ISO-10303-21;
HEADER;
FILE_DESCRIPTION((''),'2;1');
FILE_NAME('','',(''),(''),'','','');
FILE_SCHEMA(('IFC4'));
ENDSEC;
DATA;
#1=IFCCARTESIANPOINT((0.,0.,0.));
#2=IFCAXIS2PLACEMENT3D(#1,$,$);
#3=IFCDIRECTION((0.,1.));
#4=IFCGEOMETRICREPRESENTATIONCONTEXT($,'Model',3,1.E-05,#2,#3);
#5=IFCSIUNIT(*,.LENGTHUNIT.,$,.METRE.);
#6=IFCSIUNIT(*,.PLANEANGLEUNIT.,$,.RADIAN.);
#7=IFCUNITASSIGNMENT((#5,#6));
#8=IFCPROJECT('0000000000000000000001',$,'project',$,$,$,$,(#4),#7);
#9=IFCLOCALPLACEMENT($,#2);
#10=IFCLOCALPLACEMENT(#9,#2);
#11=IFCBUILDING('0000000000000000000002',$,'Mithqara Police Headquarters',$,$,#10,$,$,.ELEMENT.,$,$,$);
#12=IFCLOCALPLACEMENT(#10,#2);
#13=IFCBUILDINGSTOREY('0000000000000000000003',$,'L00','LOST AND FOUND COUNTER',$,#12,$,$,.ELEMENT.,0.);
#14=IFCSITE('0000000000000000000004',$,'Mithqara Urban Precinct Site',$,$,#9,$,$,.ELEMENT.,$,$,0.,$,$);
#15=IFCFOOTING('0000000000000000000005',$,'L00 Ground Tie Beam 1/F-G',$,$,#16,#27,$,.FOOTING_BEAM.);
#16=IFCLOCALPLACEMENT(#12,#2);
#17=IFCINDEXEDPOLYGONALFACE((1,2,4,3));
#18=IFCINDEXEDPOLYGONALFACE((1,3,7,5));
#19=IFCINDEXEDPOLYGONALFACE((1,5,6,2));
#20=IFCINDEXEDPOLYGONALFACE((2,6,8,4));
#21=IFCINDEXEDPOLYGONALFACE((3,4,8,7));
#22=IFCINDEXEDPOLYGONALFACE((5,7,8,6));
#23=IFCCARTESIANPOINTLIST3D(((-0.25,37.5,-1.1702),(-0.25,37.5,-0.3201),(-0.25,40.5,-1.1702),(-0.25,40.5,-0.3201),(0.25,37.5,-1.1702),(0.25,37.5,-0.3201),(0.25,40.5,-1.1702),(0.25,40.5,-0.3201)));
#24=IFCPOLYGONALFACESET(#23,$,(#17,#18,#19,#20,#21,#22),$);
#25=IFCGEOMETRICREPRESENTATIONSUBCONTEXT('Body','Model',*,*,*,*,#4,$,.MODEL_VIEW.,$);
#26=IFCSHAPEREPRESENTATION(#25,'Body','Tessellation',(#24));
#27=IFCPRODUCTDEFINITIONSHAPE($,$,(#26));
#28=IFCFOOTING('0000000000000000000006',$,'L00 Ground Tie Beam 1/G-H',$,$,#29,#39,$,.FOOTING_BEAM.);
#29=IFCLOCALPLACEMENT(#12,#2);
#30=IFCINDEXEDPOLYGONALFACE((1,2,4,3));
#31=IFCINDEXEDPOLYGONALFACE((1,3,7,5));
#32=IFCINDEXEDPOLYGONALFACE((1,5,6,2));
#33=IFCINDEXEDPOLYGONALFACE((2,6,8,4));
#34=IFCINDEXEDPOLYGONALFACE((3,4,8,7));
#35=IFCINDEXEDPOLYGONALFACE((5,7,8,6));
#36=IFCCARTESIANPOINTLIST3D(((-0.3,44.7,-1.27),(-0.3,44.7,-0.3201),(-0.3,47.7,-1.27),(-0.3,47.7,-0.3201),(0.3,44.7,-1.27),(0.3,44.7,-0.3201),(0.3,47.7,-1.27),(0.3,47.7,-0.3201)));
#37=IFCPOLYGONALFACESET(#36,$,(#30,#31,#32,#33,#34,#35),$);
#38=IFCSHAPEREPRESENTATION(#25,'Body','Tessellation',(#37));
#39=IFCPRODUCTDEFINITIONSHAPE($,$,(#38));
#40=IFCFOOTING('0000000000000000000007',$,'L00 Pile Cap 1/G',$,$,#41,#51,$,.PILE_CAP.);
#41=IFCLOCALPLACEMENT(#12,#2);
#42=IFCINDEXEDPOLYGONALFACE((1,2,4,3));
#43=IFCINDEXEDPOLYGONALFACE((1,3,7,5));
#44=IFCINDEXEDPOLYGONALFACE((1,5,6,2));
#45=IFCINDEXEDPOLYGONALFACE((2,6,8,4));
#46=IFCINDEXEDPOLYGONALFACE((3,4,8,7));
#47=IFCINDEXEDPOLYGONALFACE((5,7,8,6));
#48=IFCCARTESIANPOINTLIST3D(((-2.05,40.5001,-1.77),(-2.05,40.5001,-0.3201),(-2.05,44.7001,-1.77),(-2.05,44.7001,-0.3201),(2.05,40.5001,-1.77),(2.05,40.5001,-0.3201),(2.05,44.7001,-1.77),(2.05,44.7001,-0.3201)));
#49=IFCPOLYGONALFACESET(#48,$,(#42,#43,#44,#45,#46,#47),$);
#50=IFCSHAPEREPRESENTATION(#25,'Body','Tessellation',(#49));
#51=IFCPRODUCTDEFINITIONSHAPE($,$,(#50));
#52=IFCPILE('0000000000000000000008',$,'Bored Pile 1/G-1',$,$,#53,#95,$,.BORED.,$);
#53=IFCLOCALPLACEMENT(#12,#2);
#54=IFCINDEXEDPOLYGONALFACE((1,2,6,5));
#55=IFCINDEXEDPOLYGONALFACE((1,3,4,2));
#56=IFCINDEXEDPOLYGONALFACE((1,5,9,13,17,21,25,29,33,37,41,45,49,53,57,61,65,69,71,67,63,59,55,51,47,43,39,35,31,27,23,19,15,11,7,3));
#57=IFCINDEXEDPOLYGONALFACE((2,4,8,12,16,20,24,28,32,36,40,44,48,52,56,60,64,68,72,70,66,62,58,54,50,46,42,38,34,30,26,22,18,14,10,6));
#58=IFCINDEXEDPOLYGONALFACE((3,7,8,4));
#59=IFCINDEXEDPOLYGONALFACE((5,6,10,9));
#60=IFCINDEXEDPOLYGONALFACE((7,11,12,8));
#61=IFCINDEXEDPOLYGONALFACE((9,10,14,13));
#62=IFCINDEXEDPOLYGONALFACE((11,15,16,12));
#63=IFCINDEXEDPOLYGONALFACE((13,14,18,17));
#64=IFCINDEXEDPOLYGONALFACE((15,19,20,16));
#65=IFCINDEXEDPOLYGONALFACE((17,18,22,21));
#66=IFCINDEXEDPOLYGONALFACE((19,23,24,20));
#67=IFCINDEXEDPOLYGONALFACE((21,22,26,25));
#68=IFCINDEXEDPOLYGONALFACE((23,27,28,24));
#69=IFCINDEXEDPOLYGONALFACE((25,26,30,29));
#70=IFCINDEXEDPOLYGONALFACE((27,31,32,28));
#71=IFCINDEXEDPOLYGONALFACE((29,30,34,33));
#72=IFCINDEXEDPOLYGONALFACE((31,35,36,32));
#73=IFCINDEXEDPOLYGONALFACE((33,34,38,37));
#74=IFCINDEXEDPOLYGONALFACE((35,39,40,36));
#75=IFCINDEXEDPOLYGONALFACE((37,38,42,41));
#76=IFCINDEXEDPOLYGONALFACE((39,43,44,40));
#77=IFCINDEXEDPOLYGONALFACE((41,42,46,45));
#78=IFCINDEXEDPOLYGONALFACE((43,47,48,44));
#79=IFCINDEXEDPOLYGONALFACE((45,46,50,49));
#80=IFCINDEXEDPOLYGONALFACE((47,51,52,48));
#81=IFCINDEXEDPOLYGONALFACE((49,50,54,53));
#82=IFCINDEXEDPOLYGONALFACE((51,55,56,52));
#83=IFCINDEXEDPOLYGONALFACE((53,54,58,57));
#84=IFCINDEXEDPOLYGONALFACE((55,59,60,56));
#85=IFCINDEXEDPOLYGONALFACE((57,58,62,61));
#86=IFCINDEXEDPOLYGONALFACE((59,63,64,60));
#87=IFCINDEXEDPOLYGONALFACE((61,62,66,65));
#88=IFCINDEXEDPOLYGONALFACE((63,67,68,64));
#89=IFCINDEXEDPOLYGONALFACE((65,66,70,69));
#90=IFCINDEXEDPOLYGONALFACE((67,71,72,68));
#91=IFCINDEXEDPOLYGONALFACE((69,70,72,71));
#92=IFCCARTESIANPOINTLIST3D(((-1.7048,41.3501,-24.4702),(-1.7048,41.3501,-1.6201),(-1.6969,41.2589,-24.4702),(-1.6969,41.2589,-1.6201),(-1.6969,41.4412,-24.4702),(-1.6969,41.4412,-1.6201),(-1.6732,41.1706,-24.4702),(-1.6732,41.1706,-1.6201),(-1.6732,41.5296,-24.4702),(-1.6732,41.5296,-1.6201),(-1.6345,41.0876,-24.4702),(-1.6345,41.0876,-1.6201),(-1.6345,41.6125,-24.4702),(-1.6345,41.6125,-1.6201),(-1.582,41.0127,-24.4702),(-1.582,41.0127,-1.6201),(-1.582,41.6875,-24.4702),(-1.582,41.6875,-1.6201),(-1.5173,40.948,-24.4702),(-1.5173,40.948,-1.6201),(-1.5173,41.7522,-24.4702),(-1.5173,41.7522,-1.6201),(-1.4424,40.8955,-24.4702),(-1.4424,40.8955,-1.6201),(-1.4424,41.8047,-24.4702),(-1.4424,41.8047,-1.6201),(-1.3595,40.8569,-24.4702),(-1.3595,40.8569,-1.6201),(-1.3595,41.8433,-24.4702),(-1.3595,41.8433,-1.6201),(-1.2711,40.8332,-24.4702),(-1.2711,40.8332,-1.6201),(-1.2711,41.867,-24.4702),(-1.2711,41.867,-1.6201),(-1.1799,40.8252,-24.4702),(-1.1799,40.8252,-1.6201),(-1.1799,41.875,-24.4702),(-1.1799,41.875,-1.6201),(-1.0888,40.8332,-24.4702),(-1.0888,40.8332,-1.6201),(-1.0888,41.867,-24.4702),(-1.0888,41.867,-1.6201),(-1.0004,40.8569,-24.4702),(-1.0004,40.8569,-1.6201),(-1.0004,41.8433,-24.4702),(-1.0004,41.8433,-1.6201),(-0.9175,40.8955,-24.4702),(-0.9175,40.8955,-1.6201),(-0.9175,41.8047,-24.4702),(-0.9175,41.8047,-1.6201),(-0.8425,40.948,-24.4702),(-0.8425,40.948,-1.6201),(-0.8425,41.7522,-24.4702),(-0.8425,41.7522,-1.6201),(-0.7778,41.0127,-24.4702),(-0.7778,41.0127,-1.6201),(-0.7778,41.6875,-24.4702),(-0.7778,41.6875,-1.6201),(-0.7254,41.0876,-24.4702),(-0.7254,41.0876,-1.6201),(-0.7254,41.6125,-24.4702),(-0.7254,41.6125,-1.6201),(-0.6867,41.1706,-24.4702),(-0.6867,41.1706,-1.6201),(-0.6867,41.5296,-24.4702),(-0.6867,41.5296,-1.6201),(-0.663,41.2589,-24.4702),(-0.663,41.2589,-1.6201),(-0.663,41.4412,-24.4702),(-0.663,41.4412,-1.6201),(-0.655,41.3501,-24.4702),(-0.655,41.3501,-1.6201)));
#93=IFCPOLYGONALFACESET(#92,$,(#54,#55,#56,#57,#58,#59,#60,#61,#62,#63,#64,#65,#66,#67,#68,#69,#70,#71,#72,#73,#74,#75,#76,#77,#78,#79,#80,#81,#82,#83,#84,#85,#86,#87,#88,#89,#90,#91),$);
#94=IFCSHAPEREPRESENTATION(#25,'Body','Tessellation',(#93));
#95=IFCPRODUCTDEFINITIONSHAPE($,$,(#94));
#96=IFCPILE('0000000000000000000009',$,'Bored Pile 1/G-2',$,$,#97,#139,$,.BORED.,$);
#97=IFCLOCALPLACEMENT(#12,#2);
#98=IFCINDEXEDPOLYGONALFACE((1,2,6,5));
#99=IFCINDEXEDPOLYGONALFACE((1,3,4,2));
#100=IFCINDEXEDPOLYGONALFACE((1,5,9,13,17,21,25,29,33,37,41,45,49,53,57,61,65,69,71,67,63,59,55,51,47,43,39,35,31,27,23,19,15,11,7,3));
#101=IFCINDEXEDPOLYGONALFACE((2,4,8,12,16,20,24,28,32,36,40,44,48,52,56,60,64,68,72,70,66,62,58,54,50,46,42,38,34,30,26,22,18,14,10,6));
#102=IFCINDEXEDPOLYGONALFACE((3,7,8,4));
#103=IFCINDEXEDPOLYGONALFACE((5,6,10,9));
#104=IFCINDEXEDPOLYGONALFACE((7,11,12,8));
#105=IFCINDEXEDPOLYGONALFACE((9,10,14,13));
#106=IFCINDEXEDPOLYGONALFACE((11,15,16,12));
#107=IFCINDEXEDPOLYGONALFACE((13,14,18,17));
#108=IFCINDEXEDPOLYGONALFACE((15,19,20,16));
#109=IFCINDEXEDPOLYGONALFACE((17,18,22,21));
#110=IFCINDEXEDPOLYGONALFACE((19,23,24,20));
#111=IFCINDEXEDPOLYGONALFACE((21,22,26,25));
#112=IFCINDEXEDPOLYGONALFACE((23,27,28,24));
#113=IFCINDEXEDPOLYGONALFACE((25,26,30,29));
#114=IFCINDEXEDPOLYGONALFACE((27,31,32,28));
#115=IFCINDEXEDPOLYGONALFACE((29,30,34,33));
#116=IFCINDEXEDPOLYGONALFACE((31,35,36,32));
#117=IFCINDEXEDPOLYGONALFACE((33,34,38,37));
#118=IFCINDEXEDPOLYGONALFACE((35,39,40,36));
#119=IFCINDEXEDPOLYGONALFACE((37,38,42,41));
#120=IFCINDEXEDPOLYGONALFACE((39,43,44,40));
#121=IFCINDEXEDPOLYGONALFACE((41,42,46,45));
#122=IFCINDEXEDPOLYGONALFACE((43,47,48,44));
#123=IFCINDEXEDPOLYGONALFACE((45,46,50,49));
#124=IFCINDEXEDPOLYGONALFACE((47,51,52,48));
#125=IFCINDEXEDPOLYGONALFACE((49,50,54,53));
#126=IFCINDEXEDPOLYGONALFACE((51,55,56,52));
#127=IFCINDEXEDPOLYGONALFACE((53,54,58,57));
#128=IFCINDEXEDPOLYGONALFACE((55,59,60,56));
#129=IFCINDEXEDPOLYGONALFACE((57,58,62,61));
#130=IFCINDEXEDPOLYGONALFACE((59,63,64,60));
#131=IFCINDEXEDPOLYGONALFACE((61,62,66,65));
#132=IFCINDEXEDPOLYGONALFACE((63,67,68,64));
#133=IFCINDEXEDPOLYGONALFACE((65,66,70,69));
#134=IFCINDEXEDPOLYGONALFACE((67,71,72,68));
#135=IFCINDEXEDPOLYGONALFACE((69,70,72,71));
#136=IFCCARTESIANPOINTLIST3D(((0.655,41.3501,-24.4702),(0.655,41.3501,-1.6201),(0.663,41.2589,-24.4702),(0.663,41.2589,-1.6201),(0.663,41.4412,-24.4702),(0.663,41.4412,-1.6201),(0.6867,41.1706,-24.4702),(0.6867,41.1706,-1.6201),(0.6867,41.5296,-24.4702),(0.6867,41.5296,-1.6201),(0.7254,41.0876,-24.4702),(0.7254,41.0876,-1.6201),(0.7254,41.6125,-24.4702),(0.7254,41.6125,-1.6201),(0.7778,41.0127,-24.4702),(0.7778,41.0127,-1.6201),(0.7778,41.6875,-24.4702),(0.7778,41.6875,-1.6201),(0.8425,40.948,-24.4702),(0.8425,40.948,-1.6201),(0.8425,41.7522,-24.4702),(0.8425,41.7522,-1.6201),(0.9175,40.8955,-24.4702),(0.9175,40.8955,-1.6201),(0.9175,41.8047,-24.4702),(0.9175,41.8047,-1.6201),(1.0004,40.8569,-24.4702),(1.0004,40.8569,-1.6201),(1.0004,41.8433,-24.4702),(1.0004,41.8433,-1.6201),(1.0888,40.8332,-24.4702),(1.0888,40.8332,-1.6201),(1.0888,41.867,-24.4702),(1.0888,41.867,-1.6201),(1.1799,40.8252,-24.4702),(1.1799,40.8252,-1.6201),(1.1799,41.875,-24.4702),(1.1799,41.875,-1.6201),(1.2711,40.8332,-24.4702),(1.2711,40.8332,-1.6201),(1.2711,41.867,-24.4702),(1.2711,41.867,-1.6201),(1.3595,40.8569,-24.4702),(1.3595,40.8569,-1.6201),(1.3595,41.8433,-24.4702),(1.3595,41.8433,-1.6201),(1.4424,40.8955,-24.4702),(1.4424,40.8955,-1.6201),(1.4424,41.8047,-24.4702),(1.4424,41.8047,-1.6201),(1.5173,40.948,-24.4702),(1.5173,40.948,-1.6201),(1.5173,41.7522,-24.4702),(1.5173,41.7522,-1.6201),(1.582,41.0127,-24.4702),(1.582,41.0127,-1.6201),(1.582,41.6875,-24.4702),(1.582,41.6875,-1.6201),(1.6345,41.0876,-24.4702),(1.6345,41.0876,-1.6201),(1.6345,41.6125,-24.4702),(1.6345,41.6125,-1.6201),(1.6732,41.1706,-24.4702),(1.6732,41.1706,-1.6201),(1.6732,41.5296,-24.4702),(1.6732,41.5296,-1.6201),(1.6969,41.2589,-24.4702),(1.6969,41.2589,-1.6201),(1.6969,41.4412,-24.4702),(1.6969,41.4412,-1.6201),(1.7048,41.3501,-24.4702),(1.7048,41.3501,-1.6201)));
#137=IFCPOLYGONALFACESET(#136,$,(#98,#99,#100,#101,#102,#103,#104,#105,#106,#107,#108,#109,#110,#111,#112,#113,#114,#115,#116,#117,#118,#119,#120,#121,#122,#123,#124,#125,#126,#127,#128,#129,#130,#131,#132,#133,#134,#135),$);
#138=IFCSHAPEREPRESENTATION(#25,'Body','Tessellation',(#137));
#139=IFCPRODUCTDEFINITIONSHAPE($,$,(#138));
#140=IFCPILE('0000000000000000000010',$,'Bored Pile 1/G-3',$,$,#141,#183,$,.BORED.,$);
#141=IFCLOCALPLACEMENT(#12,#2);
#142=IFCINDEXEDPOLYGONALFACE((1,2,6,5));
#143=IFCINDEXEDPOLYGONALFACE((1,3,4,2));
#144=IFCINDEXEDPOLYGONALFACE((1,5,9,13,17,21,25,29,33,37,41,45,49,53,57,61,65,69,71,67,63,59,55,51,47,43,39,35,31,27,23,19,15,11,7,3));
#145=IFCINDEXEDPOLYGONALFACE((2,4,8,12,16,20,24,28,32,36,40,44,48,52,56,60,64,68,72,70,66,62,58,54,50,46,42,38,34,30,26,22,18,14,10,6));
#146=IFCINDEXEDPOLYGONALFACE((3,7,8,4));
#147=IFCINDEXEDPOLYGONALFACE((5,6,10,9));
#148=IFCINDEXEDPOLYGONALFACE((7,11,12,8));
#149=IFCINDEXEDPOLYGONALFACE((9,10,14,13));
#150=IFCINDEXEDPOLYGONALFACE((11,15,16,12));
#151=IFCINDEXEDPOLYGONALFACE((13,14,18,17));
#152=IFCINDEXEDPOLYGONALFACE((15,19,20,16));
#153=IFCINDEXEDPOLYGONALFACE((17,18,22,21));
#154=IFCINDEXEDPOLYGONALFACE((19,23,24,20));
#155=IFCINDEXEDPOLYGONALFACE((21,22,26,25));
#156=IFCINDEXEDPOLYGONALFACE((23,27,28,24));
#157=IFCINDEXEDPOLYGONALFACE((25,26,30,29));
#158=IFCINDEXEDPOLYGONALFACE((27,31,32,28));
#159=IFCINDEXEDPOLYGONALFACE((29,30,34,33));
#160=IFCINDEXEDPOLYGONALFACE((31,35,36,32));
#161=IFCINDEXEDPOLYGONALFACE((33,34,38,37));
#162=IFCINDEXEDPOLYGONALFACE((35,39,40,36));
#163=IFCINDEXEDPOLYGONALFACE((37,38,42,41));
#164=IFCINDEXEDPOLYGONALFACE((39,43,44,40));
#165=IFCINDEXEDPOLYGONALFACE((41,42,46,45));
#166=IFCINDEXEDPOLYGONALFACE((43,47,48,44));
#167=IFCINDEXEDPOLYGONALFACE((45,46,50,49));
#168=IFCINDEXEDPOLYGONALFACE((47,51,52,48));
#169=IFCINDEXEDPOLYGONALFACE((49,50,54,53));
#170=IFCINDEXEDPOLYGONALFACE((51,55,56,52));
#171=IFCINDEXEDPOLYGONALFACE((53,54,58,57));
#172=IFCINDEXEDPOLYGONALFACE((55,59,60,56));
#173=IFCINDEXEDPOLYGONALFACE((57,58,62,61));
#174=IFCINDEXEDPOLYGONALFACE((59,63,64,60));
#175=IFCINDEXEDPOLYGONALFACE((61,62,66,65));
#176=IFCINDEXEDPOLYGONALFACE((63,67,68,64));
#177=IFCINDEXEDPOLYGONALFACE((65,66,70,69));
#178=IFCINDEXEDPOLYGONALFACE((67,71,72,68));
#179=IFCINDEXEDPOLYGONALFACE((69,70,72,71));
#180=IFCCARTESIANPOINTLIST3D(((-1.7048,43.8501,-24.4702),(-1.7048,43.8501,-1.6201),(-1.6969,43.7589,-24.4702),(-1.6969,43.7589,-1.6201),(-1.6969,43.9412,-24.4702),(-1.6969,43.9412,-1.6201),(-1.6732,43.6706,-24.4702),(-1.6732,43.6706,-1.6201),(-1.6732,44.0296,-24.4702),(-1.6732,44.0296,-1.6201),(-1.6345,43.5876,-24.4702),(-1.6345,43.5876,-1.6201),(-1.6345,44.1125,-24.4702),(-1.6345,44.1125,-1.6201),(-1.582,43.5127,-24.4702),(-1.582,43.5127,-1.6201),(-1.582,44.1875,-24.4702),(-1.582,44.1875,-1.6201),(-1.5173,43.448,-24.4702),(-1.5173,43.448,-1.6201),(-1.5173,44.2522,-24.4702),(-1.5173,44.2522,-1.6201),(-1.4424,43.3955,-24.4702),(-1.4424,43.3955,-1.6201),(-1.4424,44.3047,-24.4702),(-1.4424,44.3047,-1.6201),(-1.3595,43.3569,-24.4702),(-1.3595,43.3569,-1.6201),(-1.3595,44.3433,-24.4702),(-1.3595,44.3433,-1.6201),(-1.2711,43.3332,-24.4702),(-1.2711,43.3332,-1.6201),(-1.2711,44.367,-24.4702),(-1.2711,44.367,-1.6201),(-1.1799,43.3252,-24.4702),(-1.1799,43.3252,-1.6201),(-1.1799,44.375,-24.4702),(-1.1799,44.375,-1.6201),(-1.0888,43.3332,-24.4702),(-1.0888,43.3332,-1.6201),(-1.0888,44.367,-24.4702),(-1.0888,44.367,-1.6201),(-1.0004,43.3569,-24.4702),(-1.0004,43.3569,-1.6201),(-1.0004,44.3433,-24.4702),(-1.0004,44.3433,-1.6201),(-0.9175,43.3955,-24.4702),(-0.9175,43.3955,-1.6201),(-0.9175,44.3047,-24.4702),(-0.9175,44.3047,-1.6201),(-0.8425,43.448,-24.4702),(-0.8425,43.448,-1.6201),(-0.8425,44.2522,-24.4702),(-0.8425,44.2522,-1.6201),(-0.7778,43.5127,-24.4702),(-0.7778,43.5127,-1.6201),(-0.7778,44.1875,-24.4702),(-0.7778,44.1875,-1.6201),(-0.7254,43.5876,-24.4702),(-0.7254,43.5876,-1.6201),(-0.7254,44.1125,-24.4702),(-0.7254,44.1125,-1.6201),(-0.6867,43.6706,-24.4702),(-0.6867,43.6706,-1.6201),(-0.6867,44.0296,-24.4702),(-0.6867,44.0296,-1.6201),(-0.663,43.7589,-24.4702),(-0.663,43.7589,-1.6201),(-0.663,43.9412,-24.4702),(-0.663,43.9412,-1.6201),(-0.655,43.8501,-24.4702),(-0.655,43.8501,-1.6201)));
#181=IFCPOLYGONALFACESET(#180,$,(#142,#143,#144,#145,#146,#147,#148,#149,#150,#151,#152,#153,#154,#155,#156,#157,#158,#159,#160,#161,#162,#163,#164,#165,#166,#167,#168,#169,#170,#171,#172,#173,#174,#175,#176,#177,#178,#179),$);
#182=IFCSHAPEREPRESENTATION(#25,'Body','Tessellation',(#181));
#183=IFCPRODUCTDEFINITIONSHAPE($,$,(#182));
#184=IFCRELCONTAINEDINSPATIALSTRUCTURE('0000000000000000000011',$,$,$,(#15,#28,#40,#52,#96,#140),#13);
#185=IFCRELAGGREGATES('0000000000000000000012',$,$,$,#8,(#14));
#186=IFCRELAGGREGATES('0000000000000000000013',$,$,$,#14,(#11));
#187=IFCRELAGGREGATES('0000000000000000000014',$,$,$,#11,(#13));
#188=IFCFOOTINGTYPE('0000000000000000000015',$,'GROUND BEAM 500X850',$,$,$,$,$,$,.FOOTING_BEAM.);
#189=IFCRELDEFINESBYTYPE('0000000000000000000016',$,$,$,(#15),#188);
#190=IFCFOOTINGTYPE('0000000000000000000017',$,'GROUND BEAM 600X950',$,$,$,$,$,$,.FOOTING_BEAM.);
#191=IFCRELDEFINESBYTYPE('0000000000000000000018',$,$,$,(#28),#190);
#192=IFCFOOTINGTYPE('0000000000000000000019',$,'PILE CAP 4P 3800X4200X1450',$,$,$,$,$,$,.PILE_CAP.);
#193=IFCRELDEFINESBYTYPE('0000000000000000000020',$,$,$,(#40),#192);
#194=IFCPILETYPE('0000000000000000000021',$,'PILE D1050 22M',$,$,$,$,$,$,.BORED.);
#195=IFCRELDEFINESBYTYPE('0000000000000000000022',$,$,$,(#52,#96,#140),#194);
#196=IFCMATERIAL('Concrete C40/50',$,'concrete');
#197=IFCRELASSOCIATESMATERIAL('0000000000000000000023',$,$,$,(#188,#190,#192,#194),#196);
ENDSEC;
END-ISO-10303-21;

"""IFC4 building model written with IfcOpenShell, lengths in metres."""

from ifc_helpers import new_model, si_unit, direction, frame, origin, origin_2d, place, context, subcontext, project, spatial, rectangle, circle, extrude, material, material_profile, profile_set, type_object, element, save


model = new_model("IFC4")

# Units and contexts
model_context = context("Model", 3, precision=1e-05, world=origin(), true_north=direction((0.0, 1.0)))
body_context = subcontext(model_context, "Body", "Model", "MODEL_VIEW")
ifc_project = project(units=[si_unit("LENGTHUNIT", "METRE"), si_unit("PLANEANGLEUNIT", "RADIAN")], contexts=[model_context])

# Site, building, storey
site_placement = place(None, origin())
site = spatial("IfcSite", under=ifc_project, at=site_placement, Name="Mithqara Urban Precinct Site", CompositionType="ELEMENT", RefElevation=0.0)
building_placement = place(site_placement, origin())
building = spatial("IfcBuilding", under=site, at=building_placement, Name="Mithqara Police Headquarters", CompositionType="ELEMENT")
storey_placement = place(building_placement, origin())
storey = spatial("IfcBuildingStorey", under=building, at=storey_placement, Name="L00", Description="LOST AND FOUND COUNTER", CompositionType="ELEMENT", Elevation=0.0)

# Footings
ifc_material_1 = material(Name="Concrete C40/50", Category="concrete")
footing_type_1 = type_object("IfcFootingType", Name="GROUND BEAM 500X850", PredefinedType="FOOTING_BEAM", material=ifc_material_1)
footing_1_placement = place(storey_placement, frame((0.0, 39.0, -1.1702), z_axis=(0.0, 0.0, 1.0), x_axis=(1.0, 0.0, 0.0)))
element("IfcFooting", 1, at=footing_1_placement, inside=storey, type_object=footing_type_1, Name="L00 Ground Tie Beam 1/F-G", PredefinedType="FOOTING_BEAM", context=body_context, shape_type="SweptSolid", body=[
    extrude(rectangle(XDim=0.5, YDim=3.0, at=origin_2d()), origin(), (0.0, 0.0, 1.0), 0.8501),
])
footing_type_2 = type_object("IfcFootingType", Name="GROUND BEAM 600X950", PredefinedType="FOOTING_BEAM", material=ifc_material_1)
footing_2_placement = place(storey_placement, frame((0.0, 46.2, -1.27), z_axis=(0.0, 0.0, 1.0), x_axis=(1.0, 0.0, 0.0)))
element("IfcFooting", 2, at=footing_2_placement, inside=storey, type_object=footing_type_2, Name="L00 Ground Tie Beam 1/G-H", PredefinedType="FOOTING_BEAM", context=body_context, shape_type="SweptSolid", body=[
    extrude(rectangle(XDim=0.6001, YDim=3.0, at=origin_2d()), origin(), (0.0, 0.0, 1.0), 0.95),
])
footing_type_3 = type_object("IfcFootingType", Name="PILE CAP 4P 3800X4200X1450", PredefinedType="PILE_CAP", material=ifc_material_1)
footing_3_placement = place(storey_placement, frame((0.0, 42.6001, -1.77), z_axis=(0.0, 0.0, 1.0), x_axis=(1.0, 0.0, 0.0)))
element("IfcFooting", 3, at=footing_3_placement, inside=storey, type_object=footing_type_3, Name="L00 Pile Cap 1/G", PredefinedType="PILE_CAP", context=body_context, shape_type="SweptSolid", body=[
    extrude(rectangle(XDim=4.1001, YDim=4.2, at=origin_2d()), origin(), (0.0, 0.0, 1.0), 1.45),
])

# Piles
ifc_material_profile_1 = material_profile(ifc_material_1, circle(Radius=0.5249, at=origin_2d()), Name="PILE D1050")
ifc_profile_set_1 = profile_set([ifc_material_profile_1], Name="Concrete C40/50")
pile_type = type_object("IfcPileType", Name="PILE D1050 22M", PredefinedType="BORED", material=ifc_profile_set_1)
for number, where, z_axis, x_axis, name in (
    (4, (-1.1799, 41.3501, -1.6201), (0.0, 0.0, -1.0), (1.0, 0.0, 0.0), "Bored Pile 1/G-1"),
    (5, (1.1799, 41.3501, -1.6201), (0.0, 0.0, -1.0), (1.0, 0.0, 0.0), "Bored Pile 1/G-2"),
    (6, (-1.1799, 43.8501, -1.6201), (0.0, 0.0, -1.0), (1.0, 0.0, 0.0), "Bored Pile 1/G-3"),
):
    element("IfcPile", number, at=place(storey_placement, frame(where, z_axis=z_axis, x_axis=x_axis)), inside=storey, type_object=pile_type, Name=name, PredefinedType="BORED", context=body_context, shape_type="SweptSolid", body=[
        extrude(circle(Radius=0.5249, at=origin_2d()), origin(), (0.0, 0.0, 1.0), 22.8501),
    ])

save(model, "model.ifc")
